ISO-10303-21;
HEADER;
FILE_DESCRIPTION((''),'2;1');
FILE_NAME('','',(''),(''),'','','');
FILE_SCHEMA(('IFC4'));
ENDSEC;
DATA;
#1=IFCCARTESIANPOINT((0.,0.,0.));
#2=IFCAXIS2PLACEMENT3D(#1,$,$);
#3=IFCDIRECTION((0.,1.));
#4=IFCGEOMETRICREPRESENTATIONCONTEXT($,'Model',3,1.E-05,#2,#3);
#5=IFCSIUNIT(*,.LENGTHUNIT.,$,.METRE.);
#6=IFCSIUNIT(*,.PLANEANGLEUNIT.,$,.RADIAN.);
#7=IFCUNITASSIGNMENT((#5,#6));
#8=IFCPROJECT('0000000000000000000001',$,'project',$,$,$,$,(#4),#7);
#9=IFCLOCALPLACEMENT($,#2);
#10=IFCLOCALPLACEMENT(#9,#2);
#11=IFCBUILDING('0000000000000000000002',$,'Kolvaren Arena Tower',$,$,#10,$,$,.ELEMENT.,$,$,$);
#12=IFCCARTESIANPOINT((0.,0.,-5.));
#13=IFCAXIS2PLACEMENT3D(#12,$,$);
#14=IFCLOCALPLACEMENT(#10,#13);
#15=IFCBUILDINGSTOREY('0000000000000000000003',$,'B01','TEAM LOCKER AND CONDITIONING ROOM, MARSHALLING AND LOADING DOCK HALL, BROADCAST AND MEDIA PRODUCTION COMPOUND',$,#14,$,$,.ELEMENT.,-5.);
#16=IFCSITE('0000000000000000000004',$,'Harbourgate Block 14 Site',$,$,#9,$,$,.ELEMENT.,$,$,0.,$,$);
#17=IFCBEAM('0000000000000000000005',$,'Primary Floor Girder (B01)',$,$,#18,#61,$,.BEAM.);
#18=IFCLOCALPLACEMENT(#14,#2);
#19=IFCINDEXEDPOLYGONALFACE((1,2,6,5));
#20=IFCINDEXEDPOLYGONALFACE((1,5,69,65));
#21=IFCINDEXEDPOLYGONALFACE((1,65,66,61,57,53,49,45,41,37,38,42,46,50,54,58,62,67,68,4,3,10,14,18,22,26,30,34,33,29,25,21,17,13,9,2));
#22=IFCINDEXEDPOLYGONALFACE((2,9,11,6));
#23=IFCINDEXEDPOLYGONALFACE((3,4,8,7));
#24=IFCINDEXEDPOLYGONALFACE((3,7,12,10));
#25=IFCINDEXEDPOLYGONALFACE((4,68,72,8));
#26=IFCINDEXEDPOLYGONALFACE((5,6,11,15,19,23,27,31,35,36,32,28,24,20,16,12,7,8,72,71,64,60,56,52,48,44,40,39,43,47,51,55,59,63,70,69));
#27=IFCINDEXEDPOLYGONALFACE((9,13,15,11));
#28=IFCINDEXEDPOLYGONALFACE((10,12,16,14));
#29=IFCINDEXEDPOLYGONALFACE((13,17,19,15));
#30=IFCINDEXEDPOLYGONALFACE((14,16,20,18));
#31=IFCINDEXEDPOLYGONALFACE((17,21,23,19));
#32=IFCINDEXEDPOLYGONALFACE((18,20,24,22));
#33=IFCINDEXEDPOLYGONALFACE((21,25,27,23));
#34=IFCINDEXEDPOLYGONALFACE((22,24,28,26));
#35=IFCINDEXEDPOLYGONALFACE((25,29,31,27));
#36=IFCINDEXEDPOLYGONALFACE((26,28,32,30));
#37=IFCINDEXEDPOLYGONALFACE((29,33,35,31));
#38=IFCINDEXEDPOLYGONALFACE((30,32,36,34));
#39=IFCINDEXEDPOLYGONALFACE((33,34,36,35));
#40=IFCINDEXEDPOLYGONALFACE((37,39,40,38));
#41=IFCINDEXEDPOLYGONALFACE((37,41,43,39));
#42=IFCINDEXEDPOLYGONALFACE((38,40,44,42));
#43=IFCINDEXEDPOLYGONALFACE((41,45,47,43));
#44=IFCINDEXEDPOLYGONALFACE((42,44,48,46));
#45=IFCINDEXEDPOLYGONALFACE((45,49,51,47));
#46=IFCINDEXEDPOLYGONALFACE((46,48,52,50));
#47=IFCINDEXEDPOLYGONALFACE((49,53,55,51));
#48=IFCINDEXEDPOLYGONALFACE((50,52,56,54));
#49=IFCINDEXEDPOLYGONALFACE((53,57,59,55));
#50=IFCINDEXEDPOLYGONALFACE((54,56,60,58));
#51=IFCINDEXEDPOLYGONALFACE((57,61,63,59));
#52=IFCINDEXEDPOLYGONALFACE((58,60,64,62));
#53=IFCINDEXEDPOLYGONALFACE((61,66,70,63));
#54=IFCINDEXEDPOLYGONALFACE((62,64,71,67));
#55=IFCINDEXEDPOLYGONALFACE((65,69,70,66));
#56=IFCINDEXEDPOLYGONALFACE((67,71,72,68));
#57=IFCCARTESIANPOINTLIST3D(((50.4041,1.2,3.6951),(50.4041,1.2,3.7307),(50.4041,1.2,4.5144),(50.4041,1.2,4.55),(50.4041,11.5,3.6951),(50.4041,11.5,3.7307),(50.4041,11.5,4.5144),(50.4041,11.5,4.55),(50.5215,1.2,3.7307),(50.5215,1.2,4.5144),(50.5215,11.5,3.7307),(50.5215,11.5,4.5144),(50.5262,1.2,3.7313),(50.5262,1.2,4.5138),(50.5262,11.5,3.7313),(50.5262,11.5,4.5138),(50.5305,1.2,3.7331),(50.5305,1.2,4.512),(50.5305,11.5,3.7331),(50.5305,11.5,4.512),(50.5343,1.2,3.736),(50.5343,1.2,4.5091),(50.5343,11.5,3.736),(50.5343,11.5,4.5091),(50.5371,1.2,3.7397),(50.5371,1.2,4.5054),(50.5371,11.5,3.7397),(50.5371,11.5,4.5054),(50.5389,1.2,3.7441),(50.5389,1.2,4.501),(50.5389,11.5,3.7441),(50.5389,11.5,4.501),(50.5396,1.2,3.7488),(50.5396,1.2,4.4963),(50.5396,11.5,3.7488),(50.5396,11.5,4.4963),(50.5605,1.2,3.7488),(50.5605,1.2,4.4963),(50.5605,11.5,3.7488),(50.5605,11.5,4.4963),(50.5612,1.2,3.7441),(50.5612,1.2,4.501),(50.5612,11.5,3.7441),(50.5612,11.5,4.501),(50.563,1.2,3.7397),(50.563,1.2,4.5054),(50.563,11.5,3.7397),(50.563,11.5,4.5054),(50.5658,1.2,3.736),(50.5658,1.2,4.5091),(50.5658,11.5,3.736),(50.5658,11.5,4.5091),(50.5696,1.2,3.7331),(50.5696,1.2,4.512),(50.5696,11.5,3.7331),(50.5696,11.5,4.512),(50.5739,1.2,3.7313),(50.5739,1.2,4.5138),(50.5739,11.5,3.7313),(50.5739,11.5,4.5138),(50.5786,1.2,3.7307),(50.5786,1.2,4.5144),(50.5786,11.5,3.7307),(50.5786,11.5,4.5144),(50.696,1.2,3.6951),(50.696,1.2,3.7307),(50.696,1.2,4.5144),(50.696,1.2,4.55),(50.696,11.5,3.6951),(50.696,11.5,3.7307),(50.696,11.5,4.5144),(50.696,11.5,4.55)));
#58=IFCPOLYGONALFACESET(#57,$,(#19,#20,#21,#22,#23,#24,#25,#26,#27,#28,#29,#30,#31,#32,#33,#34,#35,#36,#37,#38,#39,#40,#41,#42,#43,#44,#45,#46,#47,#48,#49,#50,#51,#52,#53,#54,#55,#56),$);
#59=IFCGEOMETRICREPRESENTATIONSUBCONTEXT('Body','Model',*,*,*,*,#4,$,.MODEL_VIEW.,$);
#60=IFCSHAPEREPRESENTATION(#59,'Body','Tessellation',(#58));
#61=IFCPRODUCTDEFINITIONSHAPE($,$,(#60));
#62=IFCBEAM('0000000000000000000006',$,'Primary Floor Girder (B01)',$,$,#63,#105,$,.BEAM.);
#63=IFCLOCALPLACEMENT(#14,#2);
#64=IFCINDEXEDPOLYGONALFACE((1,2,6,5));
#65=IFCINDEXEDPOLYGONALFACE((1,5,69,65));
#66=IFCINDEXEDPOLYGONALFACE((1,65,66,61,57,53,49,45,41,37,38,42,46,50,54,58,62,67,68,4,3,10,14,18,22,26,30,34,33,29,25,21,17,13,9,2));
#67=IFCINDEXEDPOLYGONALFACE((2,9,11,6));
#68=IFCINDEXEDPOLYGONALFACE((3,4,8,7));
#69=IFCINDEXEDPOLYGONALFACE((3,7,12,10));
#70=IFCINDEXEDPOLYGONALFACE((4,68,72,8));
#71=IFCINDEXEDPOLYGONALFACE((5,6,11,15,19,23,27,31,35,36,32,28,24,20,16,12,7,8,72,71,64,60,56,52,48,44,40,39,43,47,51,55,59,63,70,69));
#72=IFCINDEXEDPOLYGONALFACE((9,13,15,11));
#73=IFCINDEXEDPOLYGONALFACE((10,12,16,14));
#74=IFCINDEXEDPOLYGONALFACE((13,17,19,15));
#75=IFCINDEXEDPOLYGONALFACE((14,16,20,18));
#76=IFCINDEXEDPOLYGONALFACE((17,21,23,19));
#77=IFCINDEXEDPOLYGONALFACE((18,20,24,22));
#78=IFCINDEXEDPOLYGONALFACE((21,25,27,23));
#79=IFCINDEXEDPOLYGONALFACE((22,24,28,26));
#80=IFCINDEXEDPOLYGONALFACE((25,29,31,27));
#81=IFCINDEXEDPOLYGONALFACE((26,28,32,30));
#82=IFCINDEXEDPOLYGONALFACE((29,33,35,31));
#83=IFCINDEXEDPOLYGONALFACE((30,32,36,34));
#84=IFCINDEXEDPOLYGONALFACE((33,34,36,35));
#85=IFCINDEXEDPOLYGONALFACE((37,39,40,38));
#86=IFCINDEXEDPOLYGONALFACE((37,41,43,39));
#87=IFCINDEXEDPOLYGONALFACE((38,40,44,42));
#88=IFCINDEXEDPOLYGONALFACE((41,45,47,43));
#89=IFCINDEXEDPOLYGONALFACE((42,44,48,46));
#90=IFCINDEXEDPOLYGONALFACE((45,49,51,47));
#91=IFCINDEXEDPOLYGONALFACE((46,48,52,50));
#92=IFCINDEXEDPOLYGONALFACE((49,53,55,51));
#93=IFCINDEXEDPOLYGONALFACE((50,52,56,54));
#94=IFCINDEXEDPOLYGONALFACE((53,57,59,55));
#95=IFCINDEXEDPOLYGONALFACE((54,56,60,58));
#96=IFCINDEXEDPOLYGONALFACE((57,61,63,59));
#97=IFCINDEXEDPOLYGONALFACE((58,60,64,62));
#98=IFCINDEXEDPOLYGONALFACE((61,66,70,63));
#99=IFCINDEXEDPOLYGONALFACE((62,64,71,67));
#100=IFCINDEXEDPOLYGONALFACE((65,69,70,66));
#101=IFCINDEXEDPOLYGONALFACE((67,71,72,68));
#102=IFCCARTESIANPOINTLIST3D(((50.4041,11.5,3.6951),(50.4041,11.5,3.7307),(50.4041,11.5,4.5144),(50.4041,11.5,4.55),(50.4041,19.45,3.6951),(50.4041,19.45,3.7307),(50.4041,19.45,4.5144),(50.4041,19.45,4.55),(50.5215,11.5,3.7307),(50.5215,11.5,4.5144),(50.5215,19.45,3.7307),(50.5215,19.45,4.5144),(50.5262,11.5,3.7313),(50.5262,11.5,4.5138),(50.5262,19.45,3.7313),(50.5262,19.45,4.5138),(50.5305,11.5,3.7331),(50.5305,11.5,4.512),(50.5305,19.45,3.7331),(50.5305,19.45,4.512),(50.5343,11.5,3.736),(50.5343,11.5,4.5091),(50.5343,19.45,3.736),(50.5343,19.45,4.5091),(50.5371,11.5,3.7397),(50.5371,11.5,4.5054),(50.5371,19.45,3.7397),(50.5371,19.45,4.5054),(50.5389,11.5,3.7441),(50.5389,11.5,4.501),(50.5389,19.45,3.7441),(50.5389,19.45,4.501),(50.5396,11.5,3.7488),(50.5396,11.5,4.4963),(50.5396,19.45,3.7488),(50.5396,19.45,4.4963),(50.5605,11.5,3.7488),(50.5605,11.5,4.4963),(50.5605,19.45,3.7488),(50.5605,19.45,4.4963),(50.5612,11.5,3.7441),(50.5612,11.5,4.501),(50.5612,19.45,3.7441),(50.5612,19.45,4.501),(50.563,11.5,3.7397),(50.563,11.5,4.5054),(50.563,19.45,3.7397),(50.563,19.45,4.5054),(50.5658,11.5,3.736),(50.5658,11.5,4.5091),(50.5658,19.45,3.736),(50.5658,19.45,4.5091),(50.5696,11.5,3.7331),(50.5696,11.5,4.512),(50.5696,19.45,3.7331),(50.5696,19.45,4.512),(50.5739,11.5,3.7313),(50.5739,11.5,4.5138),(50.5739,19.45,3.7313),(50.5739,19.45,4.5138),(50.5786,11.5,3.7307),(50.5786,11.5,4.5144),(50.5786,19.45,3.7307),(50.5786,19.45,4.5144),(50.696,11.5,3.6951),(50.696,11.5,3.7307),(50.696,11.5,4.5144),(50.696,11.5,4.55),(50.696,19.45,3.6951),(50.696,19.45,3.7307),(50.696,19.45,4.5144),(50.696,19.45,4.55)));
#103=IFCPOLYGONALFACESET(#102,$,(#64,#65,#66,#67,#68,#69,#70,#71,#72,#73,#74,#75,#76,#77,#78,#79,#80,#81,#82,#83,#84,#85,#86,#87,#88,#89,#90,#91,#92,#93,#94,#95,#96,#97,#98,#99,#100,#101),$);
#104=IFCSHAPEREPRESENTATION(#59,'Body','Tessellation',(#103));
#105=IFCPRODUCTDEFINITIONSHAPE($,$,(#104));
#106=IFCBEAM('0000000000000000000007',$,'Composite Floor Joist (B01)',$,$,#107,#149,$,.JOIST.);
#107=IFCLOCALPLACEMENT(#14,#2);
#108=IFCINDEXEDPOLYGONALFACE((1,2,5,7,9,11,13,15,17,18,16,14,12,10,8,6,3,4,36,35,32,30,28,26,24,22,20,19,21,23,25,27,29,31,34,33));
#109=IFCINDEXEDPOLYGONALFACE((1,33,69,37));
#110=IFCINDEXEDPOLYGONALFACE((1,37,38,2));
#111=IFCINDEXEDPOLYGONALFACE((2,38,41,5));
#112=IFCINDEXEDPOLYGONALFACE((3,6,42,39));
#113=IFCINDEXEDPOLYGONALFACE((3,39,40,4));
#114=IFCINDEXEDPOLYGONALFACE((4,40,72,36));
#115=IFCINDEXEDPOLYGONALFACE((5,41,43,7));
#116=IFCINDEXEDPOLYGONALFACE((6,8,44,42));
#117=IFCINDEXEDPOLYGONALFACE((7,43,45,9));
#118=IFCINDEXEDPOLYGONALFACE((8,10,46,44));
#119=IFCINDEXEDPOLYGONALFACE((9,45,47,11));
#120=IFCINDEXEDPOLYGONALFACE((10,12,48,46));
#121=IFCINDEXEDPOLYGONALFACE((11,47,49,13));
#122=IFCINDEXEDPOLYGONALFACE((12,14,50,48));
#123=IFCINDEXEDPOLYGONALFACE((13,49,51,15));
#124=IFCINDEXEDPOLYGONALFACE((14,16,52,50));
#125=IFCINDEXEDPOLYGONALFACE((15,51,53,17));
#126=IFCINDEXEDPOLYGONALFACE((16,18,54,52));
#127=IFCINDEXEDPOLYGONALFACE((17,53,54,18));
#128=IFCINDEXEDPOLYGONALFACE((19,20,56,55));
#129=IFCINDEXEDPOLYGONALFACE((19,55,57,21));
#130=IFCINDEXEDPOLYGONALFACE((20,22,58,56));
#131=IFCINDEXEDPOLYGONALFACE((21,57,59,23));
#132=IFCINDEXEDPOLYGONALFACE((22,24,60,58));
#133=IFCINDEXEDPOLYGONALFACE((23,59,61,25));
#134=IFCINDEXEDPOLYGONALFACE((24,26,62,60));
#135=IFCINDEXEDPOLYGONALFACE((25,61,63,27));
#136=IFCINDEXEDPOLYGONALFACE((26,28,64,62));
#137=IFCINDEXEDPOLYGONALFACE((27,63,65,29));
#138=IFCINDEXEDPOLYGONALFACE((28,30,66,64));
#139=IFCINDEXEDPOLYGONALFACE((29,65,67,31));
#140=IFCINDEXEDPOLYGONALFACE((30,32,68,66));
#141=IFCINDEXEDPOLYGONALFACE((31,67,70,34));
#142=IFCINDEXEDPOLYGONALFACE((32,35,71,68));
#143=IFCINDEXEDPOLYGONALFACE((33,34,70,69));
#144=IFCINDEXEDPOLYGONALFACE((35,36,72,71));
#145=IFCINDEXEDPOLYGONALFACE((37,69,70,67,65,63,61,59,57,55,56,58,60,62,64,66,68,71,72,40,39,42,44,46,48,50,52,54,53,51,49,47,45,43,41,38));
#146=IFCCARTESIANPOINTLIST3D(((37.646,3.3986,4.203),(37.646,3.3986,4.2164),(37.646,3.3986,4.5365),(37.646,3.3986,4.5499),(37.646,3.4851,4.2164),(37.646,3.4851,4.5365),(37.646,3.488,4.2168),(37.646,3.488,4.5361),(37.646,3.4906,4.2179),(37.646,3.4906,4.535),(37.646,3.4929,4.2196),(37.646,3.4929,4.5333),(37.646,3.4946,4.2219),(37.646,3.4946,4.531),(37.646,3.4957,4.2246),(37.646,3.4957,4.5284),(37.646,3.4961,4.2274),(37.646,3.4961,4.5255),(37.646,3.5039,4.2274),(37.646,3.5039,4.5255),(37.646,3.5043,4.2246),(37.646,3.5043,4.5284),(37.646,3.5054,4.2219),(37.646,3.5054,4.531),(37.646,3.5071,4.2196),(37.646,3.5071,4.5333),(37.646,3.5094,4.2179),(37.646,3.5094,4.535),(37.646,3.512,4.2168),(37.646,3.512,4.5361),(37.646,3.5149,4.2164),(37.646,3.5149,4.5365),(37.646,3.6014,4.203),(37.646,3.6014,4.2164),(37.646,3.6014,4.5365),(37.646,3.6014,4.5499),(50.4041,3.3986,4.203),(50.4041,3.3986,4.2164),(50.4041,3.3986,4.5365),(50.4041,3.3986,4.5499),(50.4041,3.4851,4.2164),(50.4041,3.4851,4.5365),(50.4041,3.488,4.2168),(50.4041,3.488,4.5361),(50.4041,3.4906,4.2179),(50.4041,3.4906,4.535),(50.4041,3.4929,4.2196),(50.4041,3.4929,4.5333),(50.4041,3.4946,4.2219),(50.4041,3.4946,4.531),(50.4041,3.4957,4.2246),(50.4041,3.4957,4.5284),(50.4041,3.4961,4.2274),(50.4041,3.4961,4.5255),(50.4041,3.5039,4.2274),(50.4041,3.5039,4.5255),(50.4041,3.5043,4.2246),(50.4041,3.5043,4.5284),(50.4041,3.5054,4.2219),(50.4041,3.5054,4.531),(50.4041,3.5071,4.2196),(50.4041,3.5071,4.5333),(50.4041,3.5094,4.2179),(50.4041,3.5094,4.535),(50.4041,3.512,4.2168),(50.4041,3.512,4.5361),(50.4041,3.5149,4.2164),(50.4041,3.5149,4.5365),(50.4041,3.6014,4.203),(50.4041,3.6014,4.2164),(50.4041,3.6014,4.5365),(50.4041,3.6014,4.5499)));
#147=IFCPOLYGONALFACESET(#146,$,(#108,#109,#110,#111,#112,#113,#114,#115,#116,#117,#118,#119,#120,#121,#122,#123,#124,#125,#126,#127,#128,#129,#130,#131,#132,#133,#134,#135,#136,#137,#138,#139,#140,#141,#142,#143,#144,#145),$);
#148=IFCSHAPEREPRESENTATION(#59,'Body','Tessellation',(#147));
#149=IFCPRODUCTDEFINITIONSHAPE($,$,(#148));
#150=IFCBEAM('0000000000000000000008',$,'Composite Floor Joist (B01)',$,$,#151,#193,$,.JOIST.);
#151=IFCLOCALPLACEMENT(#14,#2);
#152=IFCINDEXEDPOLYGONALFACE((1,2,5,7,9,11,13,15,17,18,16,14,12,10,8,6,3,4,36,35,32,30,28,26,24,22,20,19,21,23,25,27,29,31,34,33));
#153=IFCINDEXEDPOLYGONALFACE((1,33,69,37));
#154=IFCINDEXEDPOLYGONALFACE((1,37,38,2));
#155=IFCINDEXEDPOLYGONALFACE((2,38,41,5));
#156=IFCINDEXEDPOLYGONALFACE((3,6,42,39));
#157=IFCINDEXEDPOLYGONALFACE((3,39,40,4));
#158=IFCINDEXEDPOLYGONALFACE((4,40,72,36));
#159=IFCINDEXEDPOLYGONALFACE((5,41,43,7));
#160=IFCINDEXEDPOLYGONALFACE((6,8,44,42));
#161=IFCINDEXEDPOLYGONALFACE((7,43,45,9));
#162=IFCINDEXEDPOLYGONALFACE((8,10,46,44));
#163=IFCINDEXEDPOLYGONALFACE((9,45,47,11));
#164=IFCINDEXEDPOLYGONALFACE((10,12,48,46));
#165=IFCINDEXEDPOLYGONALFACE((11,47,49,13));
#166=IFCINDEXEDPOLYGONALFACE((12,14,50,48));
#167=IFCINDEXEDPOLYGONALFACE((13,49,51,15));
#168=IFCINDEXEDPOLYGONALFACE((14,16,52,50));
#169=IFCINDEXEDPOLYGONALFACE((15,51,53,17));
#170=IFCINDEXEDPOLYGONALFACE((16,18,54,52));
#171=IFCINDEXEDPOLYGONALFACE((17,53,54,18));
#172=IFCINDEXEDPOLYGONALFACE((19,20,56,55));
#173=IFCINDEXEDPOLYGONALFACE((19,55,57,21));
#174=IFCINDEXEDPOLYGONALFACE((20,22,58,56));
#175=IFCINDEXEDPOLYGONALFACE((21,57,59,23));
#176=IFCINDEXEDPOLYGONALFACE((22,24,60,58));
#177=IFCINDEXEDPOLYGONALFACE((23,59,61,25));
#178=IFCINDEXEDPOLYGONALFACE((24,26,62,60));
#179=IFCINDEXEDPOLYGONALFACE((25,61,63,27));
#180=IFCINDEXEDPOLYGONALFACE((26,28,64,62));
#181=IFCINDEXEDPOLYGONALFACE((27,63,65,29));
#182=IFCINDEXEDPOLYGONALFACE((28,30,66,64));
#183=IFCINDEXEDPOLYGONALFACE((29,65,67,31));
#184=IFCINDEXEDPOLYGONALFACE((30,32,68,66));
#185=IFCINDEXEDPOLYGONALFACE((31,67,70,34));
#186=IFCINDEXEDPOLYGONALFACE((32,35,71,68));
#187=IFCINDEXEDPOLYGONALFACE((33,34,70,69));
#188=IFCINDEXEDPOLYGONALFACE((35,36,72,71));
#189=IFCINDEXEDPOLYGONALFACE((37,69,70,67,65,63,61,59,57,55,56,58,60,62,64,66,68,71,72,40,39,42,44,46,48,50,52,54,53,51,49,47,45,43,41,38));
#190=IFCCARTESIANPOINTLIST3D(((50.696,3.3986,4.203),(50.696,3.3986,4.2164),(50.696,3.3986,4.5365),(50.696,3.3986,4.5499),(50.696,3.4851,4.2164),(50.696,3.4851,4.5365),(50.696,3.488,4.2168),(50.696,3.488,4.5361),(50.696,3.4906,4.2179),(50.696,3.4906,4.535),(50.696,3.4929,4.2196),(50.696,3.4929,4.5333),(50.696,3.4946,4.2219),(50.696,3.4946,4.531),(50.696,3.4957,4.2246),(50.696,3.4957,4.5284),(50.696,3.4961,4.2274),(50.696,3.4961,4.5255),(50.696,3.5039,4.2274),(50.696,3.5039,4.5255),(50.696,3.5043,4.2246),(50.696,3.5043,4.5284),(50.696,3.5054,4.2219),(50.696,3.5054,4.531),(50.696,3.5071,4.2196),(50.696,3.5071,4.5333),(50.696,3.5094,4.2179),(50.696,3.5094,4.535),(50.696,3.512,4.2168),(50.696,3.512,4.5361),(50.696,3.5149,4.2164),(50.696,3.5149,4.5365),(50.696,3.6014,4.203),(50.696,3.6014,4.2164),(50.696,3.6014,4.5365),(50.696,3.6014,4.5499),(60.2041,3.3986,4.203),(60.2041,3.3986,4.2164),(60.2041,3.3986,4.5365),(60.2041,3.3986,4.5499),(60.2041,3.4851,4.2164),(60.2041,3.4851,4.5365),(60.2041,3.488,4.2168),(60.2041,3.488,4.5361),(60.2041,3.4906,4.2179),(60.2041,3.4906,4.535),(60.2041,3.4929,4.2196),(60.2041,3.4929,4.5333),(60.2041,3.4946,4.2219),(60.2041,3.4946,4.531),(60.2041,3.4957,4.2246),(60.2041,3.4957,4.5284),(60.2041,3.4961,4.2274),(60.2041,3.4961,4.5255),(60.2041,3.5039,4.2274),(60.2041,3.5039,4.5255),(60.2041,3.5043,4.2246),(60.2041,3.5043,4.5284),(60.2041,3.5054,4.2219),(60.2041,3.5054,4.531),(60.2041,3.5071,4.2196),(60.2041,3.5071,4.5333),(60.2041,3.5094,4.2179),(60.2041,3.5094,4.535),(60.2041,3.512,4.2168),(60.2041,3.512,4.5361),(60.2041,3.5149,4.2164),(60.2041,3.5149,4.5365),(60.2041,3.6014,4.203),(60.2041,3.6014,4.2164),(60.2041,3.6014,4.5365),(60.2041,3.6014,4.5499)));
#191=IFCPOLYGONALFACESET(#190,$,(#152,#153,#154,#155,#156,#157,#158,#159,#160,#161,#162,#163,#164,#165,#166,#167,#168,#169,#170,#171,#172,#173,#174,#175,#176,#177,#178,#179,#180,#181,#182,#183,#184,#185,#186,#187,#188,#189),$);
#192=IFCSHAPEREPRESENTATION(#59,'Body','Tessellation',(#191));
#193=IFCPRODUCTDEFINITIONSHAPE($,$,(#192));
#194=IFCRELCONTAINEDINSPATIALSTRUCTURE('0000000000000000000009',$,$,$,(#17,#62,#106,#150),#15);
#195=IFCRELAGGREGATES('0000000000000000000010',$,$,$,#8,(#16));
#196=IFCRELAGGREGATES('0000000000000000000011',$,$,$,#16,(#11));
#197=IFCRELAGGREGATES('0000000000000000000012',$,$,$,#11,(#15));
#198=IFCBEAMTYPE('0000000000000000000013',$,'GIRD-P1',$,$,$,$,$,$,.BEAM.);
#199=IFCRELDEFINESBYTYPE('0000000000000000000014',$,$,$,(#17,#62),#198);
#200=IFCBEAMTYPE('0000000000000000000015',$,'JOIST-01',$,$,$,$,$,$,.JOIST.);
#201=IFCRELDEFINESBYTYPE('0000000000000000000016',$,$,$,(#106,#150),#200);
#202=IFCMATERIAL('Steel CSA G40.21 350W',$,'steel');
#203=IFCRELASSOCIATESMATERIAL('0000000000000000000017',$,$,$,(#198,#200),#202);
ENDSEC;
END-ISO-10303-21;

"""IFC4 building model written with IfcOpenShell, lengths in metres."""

from ifc_helpers import new_model, si_unit, direction, frame, origin, origin_2d, place, context, subcontext, project, spatial, i_section, extrude, material, material_profile, profile_set, type_object, element, save


model = new_model("IFC4")

# Units and contexts
model_context = context("Model", 3, precision=1e-05, world=origin(), true_north=direction((0.0, 1.0)))
body_context = subcontext(model_context, "Body", "Model", "MODEL_VIEW")
ifc_project = project(units=[si_unit("LENGTHUNIT", "METRE"), si_unit("PLANEANGLEUNIT", "RADIAN")], contexts=[model_context])

# Site, building, storey
site_placement = place(None, origin())
site = spatial("IfcSite", under=ifc_project, at=site_placement, Name="Harbourgate Block 14 Site", CompositionType="ELEMENT", RefElevation=0.0)
building_placement = place(site_placement, origin())
building = spatial("IfcBuilding", under=site, at=building_placement, Name="Kolvaren Arena Tower", CompositionType="ELEMENT")
storey_placement = place(building_placement, frame((0.0, 0.0, -5.0)))
storey = spatial("IfcBuildingStorey", under=building, at=storey_placement, Name="B01", Description="TEAM LOCKER AND CONDITIONING ROOM, MARSHALLING AND LOADING DOCK HALL, BROADCAST AND MEDIA PRODUCTION COMPOUND", CompositionType="ELEMENT", Elevation=-5.0)

# Beams
ifc_material_1 = material(Name="Steel CSA G40.21 350W", Category="steel")
ifc_material_profile_1 = material_profile(ifc_material_1, i_section(OverallWidth=0.292, OverallDepth=0.855, WebThickness=0.021, FlangeThickness=0.0356, FilletRadius=0.0181, at=origin_2d()), Name="W840x299")
ifc_profile_set_1 = profile_set([ifc_material_profile_1], Name="Steel CSA G40.21 350W")
beam_type_1 = type_object("IfcBeamType", Name="GIRD-P1", PredefinedType="BEAM", material=ifc_profile_set_1)
beam_1_placement = place(storey_placement, frame((50.55, 1.2, 4.1226), z_axis=(0.0, 1.0, 0.0), x_axis=(-1.0, 0.0, 0.0)))
element("IfcBeam", 1, at=beam_1_placement, inside=storey, type_object=beam_type_1, Name="Primary Floor Girder (B01)", PredefinedType="BEAM", context=body_context, shape_type="SweptSolid", body=[
    extrude(i_section(OverallWidth=0.292, OverallDepth=0.855, WebThickness=0.021, FlangeThickness=0.0356, FilletRadius=0.0181, at=origin_2d()), origin(), (0.0, 0.0, 1.0), 10.3),
])
beam_2_placement = place(storey_placement, frame((50.55, 11.5, 4.1226), z_axis=(0.0, 1.0, 0.0), x_axis=(-1.0, 0.0, 0.0)))
element("IfcBeam", 2, at=beam_2_placement, inside=storey, type_object=beam_type_1, Name="Primary Floor Girder (B01)", PredefinedType="BEAM", context=body_context, shape_type="SweptSolid", body=[
    extrude(i_section(OverallWidth=0.292, OverallDepth=0.855, WebThickness=0.021, FlangeThickness=0.0356, FilletRadius=0.0181, at=origin_2d()), origin(), (0.0, 0.0, 1.0), 7.95),
])
ifc_material_profile_2 = material_profile(ifc_material_1, i_section(OverallWidth=0.2029, OverallDepth=0.3469, WebThickness=0.0078, FlangeThickness=0.0134, FilletRadius=0.011, at=origin_2d()), Name="W360x64")
ifc_profile_set_2 = profile_set([ifc_material_profile_2], Name="Steel CSA G40.21 350W")
beam_type_2 = type_object("IfcBeamType", Name="JOIST-01", PredefinedType="JOIST", material=ifc_profile_set_2)
beam_3_placement = place(storey_placement, frame((37.646, 3.5, 4.3765), z_axis=(1.0, 0.0, 0.0), x_axis=(0.0, 1.0, 0.0)))
element("IfcBeam", 3, at=beam_3_placement, inside=storey, type_object=beam_type_2, Name="Composite Floor Joist (B01)", PredefinedType="JOIST", context=body_context, shape_type="SweptSolid", body=[
    extrude(i_section(OverallWidth=0.2029, OverallDepth=0.3469, WebThickness=0.0078, FlangeThickness=0.0134, FilletRadius=0.011, at=origin_2d()), origin(), (0.0, 0.0, 1.0), 12.7581),
])
for number, where, z_axis, x_axis, name in (
    (4, (50.696, 3.5, 4.3765), (1.0, 0.0, 0.0), (0.0, 1.0, 0.0), "Composite Floor Joist (B01)"),
):
    element("IfcBeam", number, at=place(storey_placement, frame(where, z_axis=z_axis, x_axis=x_axis)), inside=storey, type_object=beam_type_2, Name=name, PredefinedType="JOIST", context=body_context, shape_type="SweptSolid", body=[
        extrude(i_section(OverallWidth=0.2029, OverallDepth=0.3469, WebThickness=0.0078, FlangeThickness=0.0134, FilletRadius=0.011, at=origin_2d()), origin(), (0.0, 0.0, 1.0), 9.5081),
    ])

save(model, "model.ifc")
